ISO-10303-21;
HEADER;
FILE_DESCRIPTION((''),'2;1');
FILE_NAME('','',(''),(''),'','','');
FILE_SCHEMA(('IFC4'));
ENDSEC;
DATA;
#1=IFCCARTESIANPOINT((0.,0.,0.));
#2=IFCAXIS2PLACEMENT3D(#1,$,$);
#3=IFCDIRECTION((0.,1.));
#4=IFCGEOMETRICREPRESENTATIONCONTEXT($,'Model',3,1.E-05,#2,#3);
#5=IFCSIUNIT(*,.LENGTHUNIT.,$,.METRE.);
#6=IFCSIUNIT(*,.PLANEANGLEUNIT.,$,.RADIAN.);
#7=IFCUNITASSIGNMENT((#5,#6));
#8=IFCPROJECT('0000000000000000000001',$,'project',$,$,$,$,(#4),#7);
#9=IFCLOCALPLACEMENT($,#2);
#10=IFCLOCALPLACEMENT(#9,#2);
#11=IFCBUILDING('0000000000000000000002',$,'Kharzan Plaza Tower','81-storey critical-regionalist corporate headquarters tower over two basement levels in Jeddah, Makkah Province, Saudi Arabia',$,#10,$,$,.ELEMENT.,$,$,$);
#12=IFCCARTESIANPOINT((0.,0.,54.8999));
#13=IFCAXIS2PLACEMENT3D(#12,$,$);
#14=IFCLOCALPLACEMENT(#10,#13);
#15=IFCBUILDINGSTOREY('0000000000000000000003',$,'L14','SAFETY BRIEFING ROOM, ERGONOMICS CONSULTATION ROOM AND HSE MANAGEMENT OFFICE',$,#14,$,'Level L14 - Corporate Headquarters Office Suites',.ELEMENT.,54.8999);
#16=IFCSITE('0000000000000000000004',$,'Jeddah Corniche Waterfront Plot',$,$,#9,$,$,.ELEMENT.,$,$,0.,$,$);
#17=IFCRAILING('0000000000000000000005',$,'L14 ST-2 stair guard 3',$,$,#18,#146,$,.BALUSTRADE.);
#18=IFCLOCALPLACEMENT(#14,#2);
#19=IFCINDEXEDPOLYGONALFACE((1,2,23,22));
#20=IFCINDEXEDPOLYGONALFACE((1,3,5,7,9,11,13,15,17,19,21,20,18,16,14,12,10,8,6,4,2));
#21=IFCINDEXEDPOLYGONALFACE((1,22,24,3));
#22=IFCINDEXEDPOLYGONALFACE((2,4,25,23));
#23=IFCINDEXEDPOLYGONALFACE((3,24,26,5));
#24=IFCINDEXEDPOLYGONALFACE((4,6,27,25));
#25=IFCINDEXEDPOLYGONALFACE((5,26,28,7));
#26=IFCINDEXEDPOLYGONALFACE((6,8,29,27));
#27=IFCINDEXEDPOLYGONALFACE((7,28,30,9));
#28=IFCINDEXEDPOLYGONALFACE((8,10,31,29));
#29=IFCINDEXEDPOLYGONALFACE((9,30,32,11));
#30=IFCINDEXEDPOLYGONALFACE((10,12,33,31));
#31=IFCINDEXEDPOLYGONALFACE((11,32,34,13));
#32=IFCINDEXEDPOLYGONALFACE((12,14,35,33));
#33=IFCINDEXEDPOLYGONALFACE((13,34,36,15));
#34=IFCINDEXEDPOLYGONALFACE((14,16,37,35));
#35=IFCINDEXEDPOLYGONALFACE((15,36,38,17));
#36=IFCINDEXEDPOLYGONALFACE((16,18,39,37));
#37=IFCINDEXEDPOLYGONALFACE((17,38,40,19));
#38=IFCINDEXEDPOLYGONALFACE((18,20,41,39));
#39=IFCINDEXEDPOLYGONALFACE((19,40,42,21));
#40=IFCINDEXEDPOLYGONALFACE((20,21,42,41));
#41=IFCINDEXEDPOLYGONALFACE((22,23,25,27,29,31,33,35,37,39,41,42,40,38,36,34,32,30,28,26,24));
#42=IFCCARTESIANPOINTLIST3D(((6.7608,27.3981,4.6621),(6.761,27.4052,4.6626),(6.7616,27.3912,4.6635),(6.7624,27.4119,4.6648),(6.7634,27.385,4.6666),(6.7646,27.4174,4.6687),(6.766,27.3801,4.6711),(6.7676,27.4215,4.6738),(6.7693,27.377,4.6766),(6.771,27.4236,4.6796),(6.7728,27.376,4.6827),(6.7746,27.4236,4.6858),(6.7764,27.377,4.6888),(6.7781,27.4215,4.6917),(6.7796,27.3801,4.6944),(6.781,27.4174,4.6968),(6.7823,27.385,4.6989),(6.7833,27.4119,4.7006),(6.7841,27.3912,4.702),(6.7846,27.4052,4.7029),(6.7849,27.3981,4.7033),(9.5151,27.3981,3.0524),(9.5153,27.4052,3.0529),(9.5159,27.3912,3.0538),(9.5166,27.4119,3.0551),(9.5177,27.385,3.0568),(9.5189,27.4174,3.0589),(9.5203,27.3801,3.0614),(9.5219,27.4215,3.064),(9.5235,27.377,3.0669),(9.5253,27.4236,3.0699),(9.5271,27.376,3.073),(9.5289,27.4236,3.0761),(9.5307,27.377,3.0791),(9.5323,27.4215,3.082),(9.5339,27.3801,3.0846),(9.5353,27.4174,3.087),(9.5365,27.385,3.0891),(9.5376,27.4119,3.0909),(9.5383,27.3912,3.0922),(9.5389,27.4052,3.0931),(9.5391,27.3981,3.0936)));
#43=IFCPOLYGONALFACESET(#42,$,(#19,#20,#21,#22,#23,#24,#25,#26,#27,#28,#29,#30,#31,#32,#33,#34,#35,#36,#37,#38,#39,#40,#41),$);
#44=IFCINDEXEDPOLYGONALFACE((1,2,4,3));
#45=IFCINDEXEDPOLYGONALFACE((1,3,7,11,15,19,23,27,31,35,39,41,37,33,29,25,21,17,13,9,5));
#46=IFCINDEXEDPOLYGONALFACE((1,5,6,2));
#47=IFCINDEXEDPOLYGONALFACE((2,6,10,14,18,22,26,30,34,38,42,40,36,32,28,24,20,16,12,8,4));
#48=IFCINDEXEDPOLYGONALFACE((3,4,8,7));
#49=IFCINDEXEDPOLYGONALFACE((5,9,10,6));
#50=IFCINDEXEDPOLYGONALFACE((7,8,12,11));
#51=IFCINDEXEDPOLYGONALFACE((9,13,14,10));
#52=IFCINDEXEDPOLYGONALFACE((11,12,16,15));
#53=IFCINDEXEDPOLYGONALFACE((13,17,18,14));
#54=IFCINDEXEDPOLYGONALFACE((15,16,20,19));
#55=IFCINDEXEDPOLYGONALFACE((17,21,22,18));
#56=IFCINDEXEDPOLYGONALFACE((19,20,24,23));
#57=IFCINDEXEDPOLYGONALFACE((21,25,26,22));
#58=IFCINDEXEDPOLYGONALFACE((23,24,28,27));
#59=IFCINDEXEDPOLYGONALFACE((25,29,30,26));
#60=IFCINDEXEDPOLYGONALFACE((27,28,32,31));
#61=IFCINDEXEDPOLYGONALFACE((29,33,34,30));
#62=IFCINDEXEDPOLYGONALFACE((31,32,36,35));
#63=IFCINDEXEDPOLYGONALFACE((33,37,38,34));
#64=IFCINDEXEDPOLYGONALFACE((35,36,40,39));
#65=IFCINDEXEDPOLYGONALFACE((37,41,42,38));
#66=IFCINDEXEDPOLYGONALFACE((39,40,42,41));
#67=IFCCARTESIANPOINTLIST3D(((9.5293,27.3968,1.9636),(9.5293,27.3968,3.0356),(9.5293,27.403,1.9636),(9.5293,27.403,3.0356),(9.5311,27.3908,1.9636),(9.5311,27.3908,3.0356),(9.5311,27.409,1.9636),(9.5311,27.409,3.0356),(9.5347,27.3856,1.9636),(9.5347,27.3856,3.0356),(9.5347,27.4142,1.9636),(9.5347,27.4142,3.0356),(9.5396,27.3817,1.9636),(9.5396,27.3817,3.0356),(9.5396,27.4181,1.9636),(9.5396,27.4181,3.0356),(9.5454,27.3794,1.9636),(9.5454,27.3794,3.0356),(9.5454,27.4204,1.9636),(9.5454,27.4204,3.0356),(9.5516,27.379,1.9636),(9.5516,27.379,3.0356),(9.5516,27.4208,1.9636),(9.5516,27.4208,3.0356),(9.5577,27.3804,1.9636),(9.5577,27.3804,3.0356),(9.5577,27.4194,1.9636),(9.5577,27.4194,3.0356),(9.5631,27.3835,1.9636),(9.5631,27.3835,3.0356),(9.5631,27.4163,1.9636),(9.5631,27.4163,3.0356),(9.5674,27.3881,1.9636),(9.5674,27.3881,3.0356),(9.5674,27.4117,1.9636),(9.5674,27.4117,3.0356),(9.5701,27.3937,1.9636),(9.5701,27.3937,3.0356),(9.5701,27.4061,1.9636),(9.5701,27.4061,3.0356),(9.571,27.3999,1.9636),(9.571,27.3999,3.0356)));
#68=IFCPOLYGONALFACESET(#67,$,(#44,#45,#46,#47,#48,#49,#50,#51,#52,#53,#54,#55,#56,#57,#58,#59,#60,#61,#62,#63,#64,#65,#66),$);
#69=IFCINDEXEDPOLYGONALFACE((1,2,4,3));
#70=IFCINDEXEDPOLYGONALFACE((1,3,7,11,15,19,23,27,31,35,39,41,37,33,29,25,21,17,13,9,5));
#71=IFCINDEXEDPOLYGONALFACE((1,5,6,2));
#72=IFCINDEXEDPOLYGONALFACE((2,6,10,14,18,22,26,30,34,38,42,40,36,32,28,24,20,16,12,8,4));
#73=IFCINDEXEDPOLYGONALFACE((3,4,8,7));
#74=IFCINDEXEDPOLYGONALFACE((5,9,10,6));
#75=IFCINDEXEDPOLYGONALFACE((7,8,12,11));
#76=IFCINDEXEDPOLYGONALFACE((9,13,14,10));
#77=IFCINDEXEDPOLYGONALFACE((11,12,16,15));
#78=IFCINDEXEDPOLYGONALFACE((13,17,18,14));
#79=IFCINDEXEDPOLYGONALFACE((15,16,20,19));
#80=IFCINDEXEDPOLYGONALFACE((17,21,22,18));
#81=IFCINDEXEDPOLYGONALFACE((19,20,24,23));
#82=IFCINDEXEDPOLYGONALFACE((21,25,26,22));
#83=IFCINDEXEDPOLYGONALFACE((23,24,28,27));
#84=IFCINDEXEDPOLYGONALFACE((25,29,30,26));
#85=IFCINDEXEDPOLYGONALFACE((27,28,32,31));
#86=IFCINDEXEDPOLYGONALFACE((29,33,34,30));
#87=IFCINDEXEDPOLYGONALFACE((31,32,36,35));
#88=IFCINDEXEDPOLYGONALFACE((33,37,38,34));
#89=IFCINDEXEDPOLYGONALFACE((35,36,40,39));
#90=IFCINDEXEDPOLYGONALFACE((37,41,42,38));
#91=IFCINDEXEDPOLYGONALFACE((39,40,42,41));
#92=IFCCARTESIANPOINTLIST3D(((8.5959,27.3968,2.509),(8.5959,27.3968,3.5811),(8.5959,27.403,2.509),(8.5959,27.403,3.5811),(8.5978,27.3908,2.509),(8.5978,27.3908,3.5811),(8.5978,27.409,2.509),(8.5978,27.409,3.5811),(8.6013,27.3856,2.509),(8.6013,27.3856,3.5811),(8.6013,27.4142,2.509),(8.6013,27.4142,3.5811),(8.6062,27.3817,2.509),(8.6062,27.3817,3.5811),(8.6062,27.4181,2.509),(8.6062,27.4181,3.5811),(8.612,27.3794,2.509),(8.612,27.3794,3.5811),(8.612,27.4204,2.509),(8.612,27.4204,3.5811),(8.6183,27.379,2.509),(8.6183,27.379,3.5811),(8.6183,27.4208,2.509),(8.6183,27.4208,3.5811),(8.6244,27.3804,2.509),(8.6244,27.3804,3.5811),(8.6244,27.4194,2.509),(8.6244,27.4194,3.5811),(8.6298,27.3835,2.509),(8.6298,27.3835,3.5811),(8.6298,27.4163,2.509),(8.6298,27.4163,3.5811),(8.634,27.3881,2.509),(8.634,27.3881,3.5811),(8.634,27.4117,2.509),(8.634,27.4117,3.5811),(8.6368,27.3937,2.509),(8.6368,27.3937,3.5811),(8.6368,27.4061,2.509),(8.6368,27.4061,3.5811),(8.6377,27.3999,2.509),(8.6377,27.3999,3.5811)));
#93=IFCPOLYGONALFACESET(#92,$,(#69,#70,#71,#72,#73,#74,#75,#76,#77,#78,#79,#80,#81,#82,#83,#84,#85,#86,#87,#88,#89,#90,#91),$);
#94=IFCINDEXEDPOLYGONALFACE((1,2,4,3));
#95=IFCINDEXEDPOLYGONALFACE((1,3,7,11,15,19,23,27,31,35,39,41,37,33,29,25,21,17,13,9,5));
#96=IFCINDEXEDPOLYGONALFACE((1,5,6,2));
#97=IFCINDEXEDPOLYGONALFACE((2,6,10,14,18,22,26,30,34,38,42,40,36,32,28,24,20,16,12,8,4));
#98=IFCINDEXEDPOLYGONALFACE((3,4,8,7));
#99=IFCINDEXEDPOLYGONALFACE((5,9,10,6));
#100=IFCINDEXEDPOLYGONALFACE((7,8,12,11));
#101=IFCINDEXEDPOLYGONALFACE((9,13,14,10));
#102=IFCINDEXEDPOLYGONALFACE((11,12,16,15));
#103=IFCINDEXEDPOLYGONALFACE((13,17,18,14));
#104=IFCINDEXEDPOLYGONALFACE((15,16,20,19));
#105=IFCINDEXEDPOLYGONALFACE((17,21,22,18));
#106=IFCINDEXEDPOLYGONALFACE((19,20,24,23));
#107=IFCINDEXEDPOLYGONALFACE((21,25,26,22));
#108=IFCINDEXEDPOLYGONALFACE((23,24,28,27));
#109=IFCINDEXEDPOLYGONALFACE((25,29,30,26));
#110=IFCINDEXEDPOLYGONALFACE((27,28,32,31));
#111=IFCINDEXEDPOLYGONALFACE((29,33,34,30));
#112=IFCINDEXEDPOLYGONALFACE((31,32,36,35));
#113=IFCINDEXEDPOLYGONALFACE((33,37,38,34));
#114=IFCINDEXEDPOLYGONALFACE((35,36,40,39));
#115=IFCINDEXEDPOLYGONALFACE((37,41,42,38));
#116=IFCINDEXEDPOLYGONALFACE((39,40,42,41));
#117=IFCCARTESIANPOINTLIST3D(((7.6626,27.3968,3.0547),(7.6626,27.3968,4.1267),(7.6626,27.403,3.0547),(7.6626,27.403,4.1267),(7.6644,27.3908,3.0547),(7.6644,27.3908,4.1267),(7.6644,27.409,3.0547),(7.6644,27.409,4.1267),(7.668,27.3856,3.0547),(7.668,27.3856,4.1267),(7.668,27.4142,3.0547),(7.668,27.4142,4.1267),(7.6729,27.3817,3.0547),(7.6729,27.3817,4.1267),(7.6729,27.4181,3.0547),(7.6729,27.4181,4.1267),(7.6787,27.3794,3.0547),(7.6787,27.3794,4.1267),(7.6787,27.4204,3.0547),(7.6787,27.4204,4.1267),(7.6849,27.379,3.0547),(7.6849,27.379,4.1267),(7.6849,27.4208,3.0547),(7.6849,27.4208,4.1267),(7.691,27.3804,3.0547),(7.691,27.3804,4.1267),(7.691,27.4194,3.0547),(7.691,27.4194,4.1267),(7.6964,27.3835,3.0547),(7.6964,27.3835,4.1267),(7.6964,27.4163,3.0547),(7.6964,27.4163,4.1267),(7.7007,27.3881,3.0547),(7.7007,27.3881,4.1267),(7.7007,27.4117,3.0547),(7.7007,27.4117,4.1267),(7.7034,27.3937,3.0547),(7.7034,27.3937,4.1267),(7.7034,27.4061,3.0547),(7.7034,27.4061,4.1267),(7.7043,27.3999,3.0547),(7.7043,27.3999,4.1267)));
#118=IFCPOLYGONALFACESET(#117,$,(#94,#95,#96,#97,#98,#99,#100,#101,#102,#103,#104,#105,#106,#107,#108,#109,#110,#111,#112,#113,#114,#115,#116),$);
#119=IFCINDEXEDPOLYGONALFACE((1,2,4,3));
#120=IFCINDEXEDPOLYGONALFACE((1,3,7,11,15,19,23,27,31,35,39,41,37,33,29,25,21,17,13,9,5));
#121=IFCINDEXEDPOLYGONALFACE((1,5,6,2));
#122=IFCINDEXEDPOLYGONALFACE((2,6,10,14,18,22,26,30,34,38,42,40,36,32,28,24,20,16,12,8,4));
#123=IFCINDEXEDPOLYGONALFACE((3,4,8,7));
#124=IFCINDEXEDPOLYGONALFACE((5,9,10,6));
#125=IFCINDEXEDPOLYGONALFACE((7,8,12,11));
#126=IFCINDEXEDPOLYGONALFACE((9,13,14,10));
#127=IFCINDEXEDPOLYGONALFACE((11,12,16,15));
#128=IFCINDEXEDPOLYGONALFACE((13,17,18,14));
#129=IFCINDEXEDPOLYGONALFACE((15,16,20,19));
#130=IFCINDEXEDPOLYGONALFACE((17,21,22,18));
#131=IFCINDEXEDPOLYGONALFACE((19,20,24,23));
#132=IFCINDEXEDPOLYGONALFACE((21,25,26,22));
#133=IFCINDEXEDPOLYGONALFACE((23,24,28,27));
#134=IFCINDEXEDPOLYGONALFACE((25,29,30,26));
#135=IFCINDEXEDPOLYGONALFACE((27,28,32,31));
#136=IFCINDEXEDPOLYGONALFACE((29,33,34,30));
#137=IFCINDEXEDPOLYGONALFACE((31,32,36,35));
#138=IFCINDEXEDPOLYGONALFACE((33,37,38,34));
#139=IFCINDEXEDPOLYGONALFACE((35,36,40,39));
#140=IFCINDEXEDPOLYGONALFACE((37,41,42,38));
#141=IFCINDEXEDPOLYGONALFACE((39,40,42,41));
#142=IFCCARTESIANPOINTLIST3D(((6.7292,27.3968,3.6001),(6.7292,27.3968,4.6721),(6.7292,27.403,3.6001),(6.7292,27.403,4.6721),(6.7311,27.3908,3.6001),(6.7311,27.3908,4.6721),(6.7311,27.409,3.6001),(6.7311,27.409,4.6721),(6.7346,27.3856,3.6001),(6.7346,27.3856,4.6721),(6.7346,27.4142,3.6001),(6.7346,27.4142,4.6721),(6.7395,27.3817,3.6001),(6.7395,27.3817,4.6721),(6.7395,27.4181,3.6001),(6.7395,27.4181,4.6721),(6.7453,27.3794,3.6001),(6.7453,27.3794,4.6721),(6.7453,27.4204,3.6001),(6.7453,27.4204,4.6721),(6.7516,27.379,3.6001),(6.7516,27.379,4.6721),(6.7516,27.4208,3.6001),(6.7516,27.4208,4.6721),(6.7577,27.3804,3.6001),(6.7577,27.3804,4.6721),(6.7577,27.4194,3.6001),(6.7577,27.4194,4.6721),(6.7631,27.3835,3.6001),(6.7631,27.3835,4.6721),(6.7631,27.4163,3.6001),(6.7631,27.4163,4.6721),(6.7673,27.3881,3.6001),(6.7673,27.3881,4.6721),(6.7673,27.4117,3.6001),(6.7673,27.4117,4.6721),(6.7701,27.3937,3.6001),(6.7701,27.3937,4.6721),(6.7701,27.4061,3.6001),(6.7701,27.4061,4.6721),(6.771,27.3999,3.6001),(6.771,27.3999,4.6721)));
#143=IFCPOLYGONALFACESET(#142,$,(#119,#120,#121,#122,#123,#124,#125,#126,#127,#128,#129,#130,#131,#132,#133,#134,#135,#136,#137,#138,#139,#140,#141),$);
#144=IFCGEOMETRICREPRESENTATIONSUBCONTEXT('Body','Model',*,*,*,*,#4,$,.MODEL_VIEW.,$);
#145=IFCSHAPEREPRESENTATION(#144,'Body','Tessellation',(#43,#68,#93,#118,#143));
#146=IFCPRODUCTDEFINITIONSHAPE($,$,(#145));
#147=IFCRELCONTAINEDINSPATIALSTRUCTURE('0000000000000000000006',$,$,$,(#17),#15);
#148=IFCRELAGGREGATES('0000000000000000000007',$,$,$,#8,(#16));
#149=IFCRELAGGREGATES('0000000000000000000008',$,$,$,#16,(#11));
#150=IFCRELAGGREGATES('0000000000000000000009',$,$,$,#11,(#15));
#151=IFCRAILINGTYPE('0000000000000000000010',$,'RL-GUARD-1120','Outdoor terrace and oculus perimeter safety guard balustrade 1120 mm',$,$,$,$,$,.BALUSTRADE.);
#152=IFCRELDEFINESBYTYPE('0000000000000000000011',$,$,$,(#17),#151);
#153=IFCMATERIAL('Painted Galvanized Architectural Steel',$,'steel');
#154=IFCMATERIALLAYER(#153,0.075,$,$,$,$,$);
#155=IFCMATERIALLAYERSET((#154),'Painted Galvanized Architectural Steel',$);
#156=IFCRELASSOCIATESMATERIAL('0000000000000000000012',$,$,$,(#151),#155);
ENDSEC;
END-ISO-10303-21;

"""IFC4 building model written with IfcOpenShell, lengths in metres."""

from ifc_helpers import new_model, si_unit, direction, frame, origin, origin_2d, place, context, subcontext, project, spatial, circle, extrude, source, transform, mapped, material, layer, layer_set, type_object, element, save


model = new_model("IFC4")

# Units and contexts
model_context = context("Model", 3, precision=1e-05, world=origin(), true_north=direction((0.0, 1.0)))
body_context = subcontext(model_context, "Body", "Model", "MODEL_VIEW")
ifc_project = project(units=[si_unit("LENGTHUNIT", "METRE"), si_unit("PLANEANGLEUNIT", "RADIAN")], contexts=[model_context])

# Site, building, storey
site_placement = place(None, origin())
site = spatial("IfcSite", under=ifc_project, at=site_placement, Name="Jeddah Corniche Waterfront Plot", CompositionType="ELEMENT", RefElevation=0.0)
building_placement = place(site_placement, origin())
building = spatial("IfcBuilding", under=site, at=building_placement, Name="Kharzan Plaza Tower", Description="81-storey critical-regionalist corporate headquarters tower over two basement levels in Jeddah, Makkah Province, Saudi Arabia", CompositionType="ELEMENT")
storey_placement = place(building_placement, frame((0.0, 0.0, 54.8999)))
storey = spatial("IfcBuildingStorey", under=building, at=storey_placement, Name="L14", Description="SAFETY BRIEFING ROOM, ERGONOMICS CONSULTATION ROOM AND HSE MANAGEMENT OFFICE", LongName="Level L14 - Corporate Headquarters Office Suites", CompositionType="ELEMENT", Elevation=54.8999)

# Railing
ifc_material_1 = material(Name="Painted Galvanized Architectural Steel", Category="steel")
ifc_layer_1 = layer(ifc_material_1, 0.075)
ifc_layer_set_1 = layer_set([ifc_layer_1], Name="Painted Galvanized Architectural Steel")
railing_type_1 = type_object("IfcRailingType", Name="RL-GUARD-1120", Description="Outdoor terrace and oculus perimeter safety guard balustrade 1120 mm", PredefinedType="BALUSTRADE", material=ifc_layer_set_1)
shared_shape_1 = source(origin(), body_context, "Body", "SweptSolid", [
    extrude(circle(Radius=0.0239, at=origin_2d()), frame((-0.0229, 0.0, 1.1094), z_axis=(-0.863361, 0.0, 0.504587), x_axis=(0.0, -1.0, 0.0)), (0.0, 0.0, 1.0), 3.1902),
    extrude(circle(Radius=0.021, at=origin_2d()), origin(), (0.0, 0.0, 1.0), 1.072),
    extrude(circle(Radius=0.021, at=origin_2d()), frame((-0.9333, 0.0, 0.5454)), (0.0, 0.0, 1.0), 1.072),
    extrude(circle(Radius=0.021, at=origin_2d()), frame((-1.8667, 0.0, 1.0911)), (0.0, 0.0, 1.0), 1.072),
    extrude(circle(Radius=0.021, at=origin_2d()), frame((-2.8, 0.0, 1.6365)), (0.0, 0.0, 1.0), 1.072),
])
railing_1_placement = place(storey_placement, frame((9.55, 27.3999, 1.9636)))
element("IfcRailing", 1, at=railing_1_placement, inside=storey, type_object=railing_type_1, Name="L14 ST-2 stair guard 3", PredefinedType="BALUSTRADE", context=body_context, shape_type="MappedRepresentation", body=[
    mapped(shared_shape_1, transform((0.0, 0.0, 0.0), x_axis=(1.0, 0.0, 0.0), y_axis=(0.0, 1.0, 0.0), z_axis=(0.0, 0.0, 1.0))),
])

save(model, "model.ifc")
